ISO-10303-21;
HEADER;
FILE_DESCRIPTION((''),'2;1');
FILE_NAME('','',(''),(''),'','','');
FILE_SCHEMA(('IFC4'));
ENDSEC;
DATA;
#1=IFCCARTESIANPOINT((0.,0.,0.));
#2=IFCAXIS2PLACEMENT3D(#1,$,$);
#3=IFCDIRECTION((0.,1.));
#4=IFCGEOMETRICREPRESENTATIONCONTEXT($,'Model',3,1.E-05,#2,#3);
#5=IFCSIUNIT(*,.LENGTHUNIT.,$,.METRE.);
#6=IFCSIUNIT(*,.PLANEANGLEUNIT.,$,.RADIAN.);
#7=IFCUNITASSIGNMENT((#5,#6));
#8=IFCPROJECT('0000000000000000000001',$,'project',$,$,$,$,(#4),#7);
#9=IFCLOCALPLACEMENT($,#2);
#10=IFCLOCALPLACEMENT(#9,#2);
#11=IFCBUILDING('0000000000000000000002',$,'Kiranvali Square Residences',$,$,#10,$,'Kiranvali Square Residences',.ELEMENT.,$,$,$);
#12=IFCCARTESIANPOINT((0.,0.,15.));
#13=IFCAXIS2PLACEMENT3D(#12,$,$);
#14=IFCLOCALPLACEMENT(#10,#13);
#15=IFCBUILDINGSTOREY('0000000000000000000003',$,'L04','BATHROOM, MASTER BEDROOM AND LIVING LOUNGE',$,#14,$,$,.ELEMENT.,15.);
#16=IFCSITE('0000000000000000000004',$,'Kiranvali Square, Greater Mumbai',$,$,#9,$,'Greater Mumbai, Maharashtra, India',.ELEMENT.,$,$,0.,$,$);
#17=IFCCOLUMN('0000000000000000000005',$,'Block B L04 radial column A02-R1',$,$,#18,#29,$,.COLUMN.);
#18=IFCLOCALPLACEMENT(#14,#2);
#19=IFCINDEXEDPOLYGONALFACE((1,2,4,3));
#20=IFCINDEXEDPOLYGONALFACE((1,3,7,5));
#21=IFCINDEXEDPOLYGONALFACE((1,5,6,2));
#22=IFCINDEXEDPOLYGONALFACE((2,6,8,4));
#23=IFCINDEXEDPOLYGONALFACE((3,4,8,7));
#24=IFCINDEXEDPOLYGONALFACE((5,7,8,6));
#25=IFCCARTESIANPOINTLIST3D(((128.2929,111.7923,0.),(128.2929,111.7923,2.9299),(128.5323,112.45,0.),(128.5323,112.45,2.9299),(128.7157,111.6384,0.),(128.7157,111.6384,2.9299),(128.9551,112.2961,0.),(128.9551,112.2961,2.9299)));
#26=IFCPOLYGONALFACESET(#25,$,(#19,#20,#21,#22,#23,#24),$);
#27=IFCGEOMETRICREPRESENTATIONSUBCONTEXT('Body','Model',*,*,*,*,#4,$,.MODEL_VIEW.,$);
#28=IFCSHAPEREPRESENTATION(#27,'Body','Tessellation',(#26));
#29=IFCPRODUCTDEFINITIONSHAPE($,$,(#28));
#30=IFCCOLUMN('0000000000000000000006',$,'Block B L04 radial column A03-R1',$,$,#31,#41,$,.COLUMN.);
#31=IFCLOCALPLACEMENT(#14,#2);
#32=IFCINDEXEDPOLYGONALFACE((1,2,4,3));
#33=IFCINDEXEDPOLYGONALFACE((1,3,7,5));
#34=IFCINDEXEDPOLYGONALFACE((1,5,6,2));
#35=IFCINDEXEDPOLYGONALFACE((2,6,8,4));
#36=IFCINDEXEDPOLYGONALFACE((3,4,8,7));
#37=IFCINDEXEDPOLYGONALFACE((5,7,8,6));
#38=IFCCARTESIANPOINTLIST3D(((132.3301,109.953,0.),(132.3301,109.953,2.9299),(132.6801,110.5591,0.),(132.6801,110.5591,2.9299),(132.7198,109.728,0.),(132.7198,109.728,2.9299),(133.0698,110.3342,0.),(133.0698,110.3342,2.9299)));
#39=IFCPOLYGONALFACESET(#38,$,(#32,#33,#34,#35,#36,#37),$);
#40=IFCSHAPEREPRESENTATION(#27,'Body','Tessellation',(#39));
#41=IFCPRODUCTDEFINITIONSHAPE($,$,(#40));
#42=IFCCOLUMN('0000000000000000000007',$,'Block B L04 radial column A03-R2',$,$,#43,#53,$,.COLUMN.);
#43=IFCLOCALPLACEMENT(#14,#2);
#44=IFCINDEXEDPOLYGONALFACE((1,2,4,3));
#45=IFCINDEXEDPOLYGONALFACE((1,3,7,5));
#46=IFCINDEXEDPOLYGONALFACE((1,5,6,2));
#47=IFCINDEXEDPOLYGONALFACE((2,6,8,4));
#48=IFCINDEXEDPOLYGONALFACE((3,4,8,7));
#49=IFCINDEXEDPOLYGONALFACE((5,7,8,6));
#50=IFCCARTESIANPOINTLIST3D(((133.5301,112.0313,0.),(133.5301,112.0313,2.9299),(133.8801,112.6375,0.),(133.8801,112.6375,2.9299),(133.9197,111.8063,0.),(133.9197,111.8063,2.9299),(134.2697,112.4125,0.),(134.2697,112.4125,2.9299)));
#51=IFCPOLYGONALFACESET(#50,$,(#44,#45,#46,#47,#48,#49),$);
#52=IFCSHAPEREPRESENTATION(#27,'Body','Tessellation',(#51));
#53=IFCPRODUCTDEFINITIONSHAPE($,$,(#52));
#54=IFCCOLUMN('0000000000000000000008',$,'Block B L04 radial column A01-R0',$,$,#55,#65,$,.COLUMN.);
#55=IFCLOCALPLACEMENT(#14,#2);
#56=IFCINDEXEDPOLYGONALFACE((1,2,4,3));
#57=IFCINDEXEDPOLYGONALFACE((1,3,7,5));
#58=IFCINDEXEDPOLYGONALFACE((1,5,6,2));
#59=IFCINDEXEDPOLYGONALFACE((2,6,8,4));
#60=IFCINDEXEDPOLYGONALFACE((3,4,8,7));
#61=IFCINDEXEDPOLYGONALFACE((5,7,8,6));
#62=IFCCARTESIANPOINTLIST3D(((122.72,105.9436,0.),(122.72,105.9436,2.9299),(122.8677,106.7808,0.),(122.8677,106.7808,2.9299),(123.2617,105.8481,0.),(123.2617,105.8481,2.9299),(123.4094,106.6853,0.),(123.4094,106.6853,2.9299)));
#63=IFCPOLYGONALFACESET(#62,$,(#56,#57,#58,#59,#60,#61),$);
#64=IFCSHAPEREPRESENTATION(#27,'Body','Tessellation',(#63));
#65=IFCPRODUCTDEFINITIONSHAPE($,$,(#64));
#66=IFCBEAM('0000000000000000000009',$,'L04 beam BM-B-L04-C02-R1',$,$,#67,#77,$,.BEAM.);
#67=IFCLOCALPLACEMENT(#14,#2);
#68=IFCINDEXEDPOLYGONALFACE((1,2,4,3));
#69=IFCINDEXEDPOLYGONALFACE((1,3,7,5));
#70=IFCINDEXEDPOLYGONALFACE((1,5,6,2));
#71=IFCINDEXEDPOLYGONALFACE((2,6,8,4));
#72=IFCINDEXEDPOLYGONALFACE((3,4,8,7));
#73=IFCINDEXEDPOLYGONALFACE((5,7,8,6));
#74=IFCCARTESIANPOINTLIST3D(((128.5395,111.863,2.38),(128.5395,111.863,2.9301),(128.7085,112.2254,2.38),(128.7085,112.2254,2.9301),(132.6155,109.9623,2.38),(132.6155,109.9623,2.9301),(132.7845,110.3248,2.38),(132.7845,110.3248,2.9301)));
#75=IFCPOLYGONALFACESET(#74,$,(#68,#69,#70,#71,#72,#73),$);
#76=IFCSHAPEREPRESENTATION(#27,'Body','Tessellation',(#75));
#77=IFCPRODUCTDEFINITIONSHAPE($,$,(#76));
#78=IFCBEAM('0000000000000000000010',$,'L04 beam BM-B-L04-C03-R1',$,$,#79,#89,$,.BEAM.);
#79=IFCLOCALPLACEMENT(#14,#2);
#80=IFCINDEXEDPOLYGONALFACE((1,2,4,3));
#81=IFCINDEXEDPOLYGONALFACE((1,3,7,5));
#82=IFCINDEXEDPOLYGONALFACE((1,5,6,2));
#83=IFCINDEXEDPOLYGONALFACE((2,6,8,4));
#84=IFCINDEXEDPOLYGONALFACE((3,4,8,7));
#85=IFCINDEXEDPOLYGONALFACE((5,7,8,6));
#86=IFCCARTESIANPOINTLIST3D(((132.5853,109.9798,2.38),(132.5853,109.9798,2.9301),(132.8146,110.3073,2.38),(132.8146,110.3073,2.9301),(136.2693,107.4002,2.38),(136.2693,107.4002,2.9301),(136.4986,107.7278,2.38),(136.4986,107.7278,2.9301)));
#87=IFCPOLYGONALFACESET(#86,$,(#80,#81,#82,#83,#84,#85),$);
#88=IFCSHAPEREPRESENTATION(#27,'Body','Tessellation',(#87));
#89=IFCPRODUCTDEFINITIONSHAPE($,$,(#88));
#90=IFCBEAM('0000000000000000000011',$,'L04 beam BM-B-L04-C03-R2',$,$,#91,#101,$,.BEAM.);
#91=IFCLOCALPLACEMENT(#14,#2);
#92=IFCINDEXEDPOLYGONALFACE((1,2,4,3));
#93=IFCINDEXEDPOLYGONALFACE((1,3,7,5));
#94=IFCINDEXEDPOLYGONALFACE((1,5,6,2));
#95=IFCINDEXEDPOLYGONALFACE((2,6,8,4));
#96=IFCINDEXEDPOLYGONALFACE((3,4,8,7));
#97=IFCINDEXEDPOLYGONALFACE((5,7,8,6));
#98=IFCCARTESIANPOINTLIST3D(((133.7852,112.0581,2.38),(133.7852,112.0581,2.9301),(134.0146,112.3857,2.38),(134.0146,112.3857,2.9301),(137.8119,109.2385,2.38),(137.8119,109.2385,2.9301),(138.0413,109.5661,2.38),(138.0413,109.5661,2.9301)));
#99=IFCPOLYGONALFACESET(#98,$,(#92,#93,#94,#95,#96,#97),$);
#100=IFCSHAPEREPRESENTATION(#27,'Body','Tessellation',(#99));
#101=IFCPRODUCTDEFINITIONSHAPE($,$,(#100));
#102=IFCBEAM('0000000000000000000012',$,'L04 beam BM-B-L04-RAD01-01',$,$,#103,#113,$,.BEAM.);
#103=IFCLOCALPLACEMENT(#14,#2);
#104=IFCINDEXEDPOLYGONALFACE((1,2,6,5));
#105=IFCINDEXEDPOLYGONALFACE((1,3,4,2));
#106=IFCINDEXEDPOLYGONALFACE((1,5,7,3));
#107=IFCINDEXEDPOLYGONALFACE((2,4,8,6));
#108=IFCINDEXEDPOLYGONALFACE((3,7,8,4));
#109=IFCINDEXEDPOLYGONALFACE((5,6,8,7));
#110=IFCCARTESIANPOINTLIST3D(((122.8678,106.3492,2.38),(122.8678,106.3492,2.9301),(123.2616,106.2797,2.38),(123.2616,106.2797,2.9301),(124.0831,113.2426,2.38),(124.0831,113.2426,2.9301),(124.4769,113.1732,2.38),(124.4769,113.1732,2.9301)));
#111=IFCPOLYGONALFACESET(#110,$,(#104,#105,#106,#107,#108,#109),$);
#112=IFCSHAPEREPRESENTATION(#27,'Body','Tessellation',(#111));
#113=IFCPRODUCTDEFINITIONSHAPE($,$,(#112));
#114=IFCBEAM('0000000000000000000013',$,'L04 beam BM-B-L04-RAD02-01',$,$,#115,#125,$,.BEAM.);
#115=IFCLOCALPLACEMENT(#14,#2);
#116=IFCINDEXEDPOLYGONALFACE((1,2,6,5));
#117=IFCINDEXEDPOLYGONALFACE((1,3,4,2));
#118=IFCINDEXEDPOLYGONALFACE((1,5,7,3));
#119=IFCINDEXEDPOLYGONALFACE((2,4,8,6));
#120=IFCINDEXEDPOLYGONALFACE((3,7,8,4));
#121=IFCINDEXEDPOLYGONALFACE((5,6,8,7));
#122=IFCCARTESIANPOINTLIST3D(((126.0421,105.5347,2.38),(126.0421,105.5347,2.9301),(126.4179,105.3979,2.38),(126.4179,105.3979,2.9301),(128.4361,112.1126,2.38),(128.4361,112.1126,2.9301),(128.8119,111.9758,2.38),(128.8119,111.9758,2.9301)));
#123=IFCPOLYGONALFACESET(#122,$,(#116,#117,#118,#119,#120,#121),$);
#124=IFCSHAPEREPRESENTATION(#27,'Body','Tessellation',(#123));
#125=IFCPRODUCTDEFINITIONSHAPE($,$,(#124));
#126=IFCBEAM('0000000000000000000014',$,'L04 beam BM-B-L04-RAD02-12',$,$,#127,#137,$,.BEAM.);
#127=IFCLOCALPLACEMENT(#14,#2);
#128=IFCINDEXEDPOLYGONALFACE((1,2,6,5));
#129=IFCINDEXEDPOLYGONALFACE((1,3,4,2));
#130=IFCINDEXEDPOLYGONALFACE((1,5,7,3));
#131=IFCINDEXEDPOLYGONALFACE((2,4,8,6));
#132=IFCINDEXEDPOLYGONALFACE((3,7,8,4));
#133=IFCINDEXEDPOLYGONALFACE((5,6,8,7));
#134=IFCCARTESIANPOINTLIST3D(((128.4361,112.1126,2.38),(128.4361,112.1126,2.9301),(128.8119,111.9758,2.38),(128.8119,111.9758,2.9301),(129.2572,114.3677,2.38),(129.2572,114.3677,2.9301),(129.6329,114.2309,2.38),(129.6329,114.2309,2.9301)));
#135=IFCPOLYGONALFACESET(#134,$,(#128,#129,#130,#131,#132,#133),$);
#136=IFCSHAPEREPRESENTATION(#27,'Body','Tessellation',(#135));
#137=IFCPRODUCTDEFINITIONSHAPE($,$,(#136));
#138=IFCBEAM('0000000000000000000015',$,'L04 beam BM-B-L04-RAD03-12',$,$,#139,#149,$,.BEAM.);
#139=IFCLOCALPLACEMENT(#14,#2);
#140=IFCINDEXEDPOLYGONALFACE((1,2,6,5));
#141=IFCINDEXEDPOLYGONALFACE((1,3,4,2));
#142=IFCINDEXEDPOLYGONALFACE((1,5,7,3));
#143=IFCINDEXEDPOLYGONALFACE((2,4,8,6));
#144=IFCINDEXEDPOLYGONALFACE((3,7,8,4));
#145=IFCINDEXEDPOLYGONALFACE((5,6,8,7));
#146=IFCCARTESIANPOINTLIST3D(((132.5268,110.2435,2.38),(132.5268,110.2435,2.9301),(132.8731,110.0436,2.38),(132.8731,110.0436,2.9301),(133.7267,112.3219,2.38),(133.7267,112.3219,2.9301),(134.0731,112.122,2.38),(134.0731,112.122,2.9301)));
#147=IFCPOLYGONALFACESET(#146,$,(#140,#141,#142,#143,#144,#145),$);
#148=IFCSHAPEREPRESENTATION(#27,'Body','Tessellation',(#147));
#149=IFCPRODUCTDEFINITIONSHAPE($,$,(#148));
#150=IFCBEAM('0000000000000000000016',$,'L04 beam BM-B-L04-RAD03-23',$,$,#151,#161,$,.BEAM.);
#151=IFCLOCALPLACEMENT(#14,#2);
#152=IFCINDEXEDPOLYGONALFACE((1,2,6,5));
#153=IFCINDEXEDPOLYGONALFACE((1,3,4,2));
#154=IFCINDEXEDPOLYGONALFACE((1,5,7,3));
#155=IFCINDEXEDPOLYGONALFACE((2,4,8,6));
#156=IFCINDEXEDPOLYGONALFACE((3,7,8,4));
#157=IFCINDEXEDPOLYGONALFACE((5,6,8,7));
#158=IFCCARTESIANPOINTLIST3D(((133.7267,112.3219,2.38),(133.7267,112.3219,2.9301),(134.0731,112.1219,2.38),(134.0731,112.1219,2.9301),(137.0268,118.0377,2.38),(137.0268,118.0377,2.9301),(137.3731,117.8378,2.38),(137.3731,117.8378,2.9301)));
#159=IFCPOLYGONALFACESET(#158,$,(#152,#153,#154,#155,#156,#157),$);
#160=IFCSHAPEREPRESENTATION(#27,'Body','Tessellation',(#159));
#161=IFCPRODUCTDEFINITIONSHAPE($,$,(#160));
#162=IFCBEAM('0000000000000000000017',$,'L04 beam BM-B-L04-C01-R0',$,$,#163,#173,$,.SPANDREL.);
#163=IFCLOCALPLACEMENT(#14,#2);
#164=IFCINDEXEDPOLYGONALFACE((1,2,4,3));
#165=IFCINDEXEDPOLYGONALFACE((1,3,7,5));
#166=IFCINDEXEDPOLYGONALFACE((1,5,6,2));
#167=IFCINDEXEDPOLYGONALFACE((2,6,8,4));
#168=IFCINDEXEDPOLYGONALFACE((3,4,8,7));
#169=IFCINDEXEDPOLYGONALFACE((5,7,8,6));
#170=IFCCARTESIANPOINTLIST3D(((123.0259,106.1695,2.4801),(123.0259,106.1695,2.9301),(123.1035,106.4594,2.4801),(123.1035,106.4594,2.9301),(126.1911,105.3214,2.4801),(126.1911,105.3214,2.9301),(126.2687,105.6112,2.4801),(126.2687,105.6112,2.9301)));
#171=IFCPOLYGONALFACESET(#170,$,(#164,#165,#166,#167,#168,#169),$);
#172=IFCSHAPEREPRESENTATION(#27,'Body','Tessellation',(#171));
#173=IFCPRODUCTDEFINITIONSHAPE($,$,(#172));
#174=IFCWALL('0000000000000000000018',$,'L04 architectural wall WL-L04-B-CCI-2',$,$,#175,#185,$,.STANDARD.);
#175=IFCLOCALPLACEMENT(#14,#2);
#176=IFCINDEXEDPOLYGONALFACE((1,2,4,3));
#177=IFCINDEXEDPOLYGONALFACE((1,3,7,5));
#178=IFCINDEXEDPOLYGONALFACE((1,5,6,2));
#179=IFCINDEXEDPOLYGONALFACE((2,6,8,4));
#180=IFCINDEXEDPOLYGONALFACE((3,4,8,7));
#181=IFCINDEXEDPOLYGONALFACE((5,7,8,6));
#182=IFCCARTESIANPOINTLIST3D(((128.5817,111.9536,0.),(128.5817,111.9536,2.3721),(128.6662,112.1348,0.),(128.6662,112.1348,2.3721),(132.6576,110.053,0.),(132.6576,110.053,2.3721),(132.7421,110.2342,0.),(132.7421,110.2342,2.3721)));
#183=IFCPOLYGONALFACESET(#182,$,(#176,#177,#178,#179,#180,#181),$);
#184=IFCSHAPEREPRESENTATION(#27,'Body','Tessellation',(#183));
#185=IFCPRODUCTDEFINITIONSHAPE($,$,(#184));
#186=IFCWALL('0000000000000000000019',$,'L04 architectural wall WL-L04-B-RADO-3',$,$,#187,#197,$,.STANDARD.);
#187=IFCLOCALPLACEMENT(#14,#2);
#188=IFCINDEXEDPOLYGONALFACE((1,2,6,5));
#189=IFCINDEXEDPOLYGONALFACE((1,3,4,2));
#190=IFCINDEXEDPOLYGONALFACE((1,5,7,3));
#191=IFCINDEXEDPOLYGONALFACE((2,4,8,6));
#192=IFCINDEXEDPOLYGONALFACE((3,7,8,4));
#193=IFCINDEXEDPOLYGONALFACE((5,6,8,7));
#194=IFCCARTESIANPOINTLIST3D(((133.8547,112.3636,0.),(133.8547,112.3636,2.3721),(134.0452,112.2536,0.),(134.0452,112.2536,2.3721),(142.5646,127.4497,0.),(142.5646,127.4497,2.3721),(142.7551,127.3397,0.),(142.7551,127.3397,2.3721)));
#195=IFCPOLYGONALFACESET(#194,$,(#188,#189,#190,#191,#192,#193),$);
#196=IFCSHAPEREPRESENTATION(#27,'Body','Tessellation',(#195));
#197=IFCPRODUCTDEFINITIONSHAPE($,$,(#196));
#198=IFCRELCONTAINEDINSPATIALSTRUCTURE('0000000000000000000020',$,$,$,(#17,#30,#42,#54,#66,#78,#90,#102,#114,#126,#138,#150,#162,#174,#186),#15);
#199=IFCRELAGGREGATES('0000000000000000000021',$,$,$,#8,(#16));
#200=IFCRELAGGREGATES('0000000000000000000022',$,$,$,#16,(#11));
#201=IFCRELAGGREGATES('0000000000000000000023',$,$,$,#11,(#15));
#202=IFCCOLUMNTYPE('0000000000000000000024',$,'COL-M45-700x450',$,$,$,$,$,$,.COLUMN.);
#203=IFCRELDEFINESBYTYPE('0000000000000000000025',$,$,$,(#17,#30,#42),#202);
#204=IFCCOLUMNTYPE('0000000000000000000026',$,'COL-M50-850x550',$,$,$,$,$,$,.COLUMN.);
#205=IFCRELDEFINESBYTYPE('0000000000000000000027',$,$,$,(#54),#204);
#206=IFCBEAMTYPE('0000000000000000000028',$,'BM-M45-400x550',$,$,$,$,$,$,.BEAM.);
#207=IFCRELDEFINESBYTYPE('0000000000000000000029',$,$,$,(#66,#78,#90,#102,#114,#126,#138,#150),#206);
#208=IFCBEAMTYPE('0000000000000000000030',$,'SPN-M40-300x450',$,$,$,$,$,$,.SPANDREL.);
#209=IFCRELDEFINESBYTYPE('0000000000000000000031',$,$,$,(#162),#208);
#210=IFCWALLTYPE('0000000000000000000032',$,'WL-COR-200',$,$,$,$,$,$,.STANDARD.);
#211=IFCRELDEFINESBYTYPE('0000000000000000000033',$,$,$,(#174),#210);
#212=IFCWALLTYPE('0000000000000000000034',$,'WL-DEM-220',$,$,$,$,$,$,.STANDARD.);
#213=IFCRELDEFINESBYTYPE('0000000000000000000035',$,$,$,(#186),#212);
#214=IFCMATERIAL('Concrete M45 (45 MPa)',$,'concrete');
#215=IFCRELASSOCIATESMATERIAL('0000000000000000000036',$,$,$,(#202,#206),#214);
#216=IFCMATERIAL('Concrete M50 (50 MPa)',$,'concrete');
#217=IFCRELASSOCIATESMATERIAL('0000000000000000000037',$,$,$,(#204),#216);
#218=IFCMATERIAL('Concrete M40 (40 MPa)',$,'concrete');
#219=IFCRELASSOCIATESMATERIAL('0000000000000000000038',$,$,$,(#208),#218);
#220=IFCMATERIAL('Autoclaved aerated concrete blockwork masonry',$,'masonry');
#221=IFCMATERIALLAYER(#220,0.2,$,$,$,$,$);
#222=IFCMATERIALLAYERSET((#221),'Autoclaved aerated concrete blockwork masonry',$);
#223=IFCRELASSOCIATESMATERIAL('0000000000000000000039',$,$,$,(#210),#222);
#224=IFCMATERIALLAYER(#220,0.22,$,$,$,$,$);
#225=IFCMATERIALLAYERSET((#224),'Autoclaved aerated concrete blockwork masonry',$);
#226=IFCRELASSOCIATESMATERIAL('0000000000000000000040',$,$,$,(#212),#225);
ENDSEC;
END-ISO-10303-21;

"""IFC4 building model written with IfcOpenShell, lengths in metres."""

from ifc_helpers import new_model, si_unit, direction, frame, frame_2d, origin, origin_2d, place, context, subcontext, project, spatial, rectangle, extrude, material, layer, layer_set, material_profile, profile_set, type_object, element, save


model = new_model("IFC4")

# Units and contexts
model_context = context("Model", 3, precision=1e-05, world=origin(), true_north=direction((0.0, 1.0)))
body_context = subcontext(model_context, "Body", "Model", "MODEL_VIEW")
ifc_project = project(units=[si_unit("LENGTHUNIT", "METRE"), si_unit("PLANEANGLEUNIT", "RADIAN")], contexts=[model_context])

# Site, building, storey
site_placement = place(None, origin())
site = spatial("IfcSite", under=ifc_project, at=site_placement, Name="Kiranvali Square, Greater Mumbai", LongName="Greater Mumbai, Maharashtra, India", CompositionType="ELEMENT", RefElevation=0.0)
building_placement = place(site_placement, origin())
building = spatial("IfcBuilding", under=site, at=building_placement, Name="Kiranvali Square Residences", LongName="Kiranvali Square Residences", CompositionType="ELEMENT")
storey_placement = place(building_placement, frame((0.0, 0.0, 15.0)))
storey = spatial("IfcBuildingStorey", under=building, at=storey_placement, Name="L04", Description="BATHROOM, MASTER BEDROOM AND LIVING LOUNGE", CompositionType="ELEMENT", Elevation=15.0)

# Columns
ifc_material_1 = material(Name="Concrete M45 (45 MPa)", Category="concrete")
ifc_material_profile_1 = material_profile(ifc_material_1, rectangle(XDim=0.45, YDim=0.7, at=origin_2d()), Name="RC 700x450")
ifc_profile_set_1 = profile_set([ifc_material_profile_1], Name="Concrete M45 (45 MPa)")
column_type_1 = type_object("IfcColumnType", Name="COL-M45-700x450", PredefinedType="COLUMN", material=ifc_profile_set_1)
for number, where, z_axis, x_axis, name in (
    (1, (128.624, 112.0442, 0.0), (0.0, 0.0, 1.0), (-0.939693, 0.34202, 0.0), "Block B L04 radial column A02-R1"),
    (2, (132.7, 110.1436, 0.0), (0.0, 0.0, 1.0), (-0.866025, 0.5, 0.0), "Block B L04 radial column A03-R1"),
    (3, (133.8999, 112.2219, 0.0), (0.0, 0.0, 1.0), (-0.866025, 0.5, 0.0), "Block B L04 radial column A03-R2"),
):
    element("IfcColumn", number, at=place(storey_placement, frame(where, z_axis=z_axis, x_axis=x_axis)), inside=storey, type_object=column_type_1, Name=name, PredefinedType="COLUMN", context=body_context, shape_type="SweptSolid", body=[
        extrude(rectangle(XDim=0.45, YDim=0.7, at=origin_2d()), origin(), (0.0, 0.0, 1.0), 2.9299),
    ])
ifc_material_2 = material(Name="Concrete M50 (50 MPa)", Category="concrete")
ifc_material_profile_2 = material_profile(ifc_material_2, rectangle(XDim=0.55, YDim=0.8501, at=origin_2d()), Name="RC 850x550")
ifc_profile_set_2 = profile_set([ifc_material_profile_2], Name="Concrete M50 (50 MPa)")
column_type_2 = type_object("IfcColumnType", Name="COL-M50-850x550", PredefinedType="COLUMN", material=ifc_profile_set_2)
column_placement = place(storey_placement, frame((123.0647, 106.3145, 0.0), z_axis=(0.0, 0.0, 1.0), x_axis=(-0.984808, 0.173648, 0.0)))
element("IfcColumn", 4, at=column_placement, inside=storey, type_object=column_type_2, Name="Block B L04 radial column A01-R0", PredefinedType="COLUMN", context=body_context, shape_type="SweptSolid", body=[
    extrude(rectangle(XDim=0.55, YDim=0.8501, at=origin_2d()), origin(), (0.0, 0.0, 1.0), 2.9299),
])

# Beams
ifc_material_profile_3 = material_profile(ifc_material_1, rectangle(XDim=0.3999, YDim=0.55, at=origin_2d()), Name="RC 400x550")
ifc_profile_set_3 = profile_set([ifc_material_profile_3], Name="Concrete M45 (45 MPa)")
beam_type_1 = type_object("IfcBeamType", Name="BM-M45-400x550", PredefinedType="BEAM", material=ifc_profile_set_3)
for number, where, z_axis, x_axis, name in (
    (5, (128.624, 112.0442, 2.655), (0.906308, -0.422618, 0.0), (0.422618, 0.906308, 0.0), "L04 beam BM-B-L04-C02-R1"),
    (6, (132.7, 110.1436, 2.655), (0.819155, -0.573572, 0.0), (0.573572, 0.819155, 0.0), "L04 beam BM-B-L04-C03-R1"),
):
    element("IfcBeam", number, at=place(storey_placement, frame(where, z_axis=z_axis, x_axis=x_axis)), inside=storey, type_object=beam_type_1, Name=name, PredefinedType="BEAM", context=body_context, shape_type="SweptSolid", body=[
        extrude(rectangle(XDim=0.3999, YDim=0.55, at=origin_2d()), origin(), (0.0, 0.0, 1.0), 4.4973),
    ])
beam_1_placement = place(storey_placement, frame((133.8999, 112.2219, 2.655), z_axis=(0.819141, -0.573592, 0.0), x_axis=(0.573592, 0.819141, 0.0)))
element("IfcBeam", 7, at=beam_1_placement, inside=storey, type_object=beam_type_1, Name="L04 beam BM-B-L04-C03-R2", PredefinedType="BEAM", context=body_context, shape_type="SweptSolid", body=[
    extrude(rectangle(XDim=0.3999, YDim=0.55, at=origin_2d()), origin(), (0.0, 0.0, 1.0), 4.9158),
])
beam_2_placement = place(storey_placement, frame((123.0647, 106.3145, 2.655), z_axis=(0.173622, 0.984812, 0.0), x_axis=(-0.984812, 0.173622, 0.0)))
element("IfcBeam", 8, at=beam_2_placement, inside=storey, type_object=beam_type_1, Name="L04 beam BM-B-L04-RAD01-01", PredefinedType="BEAM", context=body_context, shape_type="SweptSolid", body=[
    extrude(rectangle(XDim=0.3999, YDim=0.55, at=origin_2d()), origin(), (0.0, 0.0, 1.0), 6.9998),
])
beam_3_placement = place(storey_placement, frame((126.23, 105.4663, 2.655), z_axis=(0.342006, 0.939698, 0.0), x_axis=(-0.939698, 0.342006, 0.0)))
element("IfcBeam", 9, at=beam_3_placement, inside=storey, type_object=beam_type_1, Name="L04 beam BM-B-L04-RAD02-01", PredefinedType="BEAM", context=body_context, shape_type="SweptSolid", body=[
    extrude(rectangle(XDim=0.3999, YDim=0.55, at=origin_2d()), origin(), (0.0, 0.0, 1.0), 7.0),
])
for number, where, z_axis, x_axis, name in (
    (10, (128.624, 112.0442, 2.655), (0.342111, 0.93966, 0.0), (-0.93966, 0.342111, 0.0), "L04 beam BM-B-L04-RAD02-12"),
    (11, (132.7, 110.1436, 2.655), (0.500001, 0.866025, 0.0), (-0.866025, 0.500001, 0.0), "L04 beam BM-B-L04-RAD03-12"),
):
    element("IfcBeam", number, at=place(storey_placement, frame(where, z_axis=z_axis, x_axis=x_axis)), inside=storey, type_object=beam_type_1, Name=name, PredefinedType="BEAM", context=body_context, shape_type="SweptSolid", body=[
        extrude(rectangle(XDim=0.3999, YDim=0.55, at=origin_2d()), origin(), (0.0, 0.0, 1.0), 2.3999),
    ])
beam_4_placement = place(storey_placement, frame((133.8999, 112.2219, 2.655), z_axis=(0.500002, 0.866024, 0.0), x_axis=(-0.866024, 0.500002, 0.0)))
element("IfcBeam", 12, at=beam_4_placement, inside=storey, type_object=beam_type_1, Name="L04 beam BM-B-L04-RAD03-23", PredefinedType="BEAM", context=body_context, shape_type="SweptSolid", body=[
    extrude(rectangle(XDim=0.3999, YDim=0.55, at=origin_2d()), origin(), (0.0, 0.0, 1.0), 6.6001),
])
ifc_material_3 = material(Name="Concrete M40 (40 MPa)", Category="concrete")
ifc_material_profile_4 = material_profile(ifc_material_3, rectangle(XDim=0.3, YDim=0.45, at=origin_2d()), Name="RC 300x450")
ifc_profile_set_4 = profile_set([ifc_material_profile_4], Name="Concrete M40 (40 MPa)")
beam_type_2 = type_object("IfcBeamType", Name="SPN-M40-300x450", PredefinedType="SPANDREL", material=ifc_profile_set_4)
beam_5_placement = place(storey_placement, frame((123.0647, 106.3145, 2.7051), z_axis=(0.965925, -0.258822, 0.0), x_axis=(0.258822, 0.965925, 0.0)))
element("IfcBeam", 13, at=beam_5_placement, inside=storey, type_object=beam_type_2, Name="L04 beam BM-B-L04-C01-R0", PredefinedType="SPANDREL", context=body_context, shape_type="SweptSolid", body=[
    extrude(rectangle(XDim=0.3, YDim=0.45, at=origin_2d()), origin(), (0.0, 0.0, 1.0), 3.2769),
])

# Wall
ifc_material_4 = material(Name="Autoclaved aerated concrete blockwork masonry", Category="masonry")
ifc_layer_1 = layer(ifc_material_4, 0.2)
ifc_layer_set_1 = layer_set([ifc_layer_1], Name="Autoclaved aerated concrete blockwork masonry")
wall_type_1 = type_object("IfcWallType", Name="WL-COR-200", PredefinedType="STANDARD", material=ifc_layer_set_1)
wall_1_placement = place(storey_placement, frame((128.624, 112.0442, 0.0), z_axis=(0.0, 0.0, 1.0), x_axis=(0.906308, -0.422618, 0.0)))
element("IfcWall", 14, at=wall_1_placement, inside=storey, type_object=wall_type_1, Name="L04 architectural wall WL-L04-B-CCI-2", PredefinedType="STANDARD", context=body_context, shape_type="SweptSolid", body=[
    extrude(rectangle(XDim=4.4973, YDim=0.2, at=frame_2d((2.2485, 0.0))), origin(), (0.0, 0.0, 1.0), 2.3721),
])

# Wall
ifc_layer_2 = layer(ifc_material_4, 0.22)
ifc_layer_set_2 = layer_set([ifc_layer_2], Name="Autoclaved aerated concrete blockwork masonry")
wall_type_2 = type_object("IfcWallType", Name="WL-DEM-220", PredefinedType="STANDARD", material=ifc_layer_set_2)
wall_2_placement = place(storey_placement, frame((133.95, 112.3086, 0.0), z_axis=(0.0, 0.0, 1.0), x_axis=(0.499998, 0.866027, 0.0)))
element("IfcWall", 15, at=wall_2_placement, inside=storey, type_object=wall_type_2, Name="L04 architectural wall WL-L04-B-RADO-3", PredefinedType="STANDARD", context=body_context, shape_type="SweptSolid", body=[
    extrude(rectangle(XDim=17.4199, YDim=0.22, at=frame_2d((8.71, 0.0))), origin(), (0.0, 0.0, 1.0), 2.3721),
])

save(model, "model.ifc")
